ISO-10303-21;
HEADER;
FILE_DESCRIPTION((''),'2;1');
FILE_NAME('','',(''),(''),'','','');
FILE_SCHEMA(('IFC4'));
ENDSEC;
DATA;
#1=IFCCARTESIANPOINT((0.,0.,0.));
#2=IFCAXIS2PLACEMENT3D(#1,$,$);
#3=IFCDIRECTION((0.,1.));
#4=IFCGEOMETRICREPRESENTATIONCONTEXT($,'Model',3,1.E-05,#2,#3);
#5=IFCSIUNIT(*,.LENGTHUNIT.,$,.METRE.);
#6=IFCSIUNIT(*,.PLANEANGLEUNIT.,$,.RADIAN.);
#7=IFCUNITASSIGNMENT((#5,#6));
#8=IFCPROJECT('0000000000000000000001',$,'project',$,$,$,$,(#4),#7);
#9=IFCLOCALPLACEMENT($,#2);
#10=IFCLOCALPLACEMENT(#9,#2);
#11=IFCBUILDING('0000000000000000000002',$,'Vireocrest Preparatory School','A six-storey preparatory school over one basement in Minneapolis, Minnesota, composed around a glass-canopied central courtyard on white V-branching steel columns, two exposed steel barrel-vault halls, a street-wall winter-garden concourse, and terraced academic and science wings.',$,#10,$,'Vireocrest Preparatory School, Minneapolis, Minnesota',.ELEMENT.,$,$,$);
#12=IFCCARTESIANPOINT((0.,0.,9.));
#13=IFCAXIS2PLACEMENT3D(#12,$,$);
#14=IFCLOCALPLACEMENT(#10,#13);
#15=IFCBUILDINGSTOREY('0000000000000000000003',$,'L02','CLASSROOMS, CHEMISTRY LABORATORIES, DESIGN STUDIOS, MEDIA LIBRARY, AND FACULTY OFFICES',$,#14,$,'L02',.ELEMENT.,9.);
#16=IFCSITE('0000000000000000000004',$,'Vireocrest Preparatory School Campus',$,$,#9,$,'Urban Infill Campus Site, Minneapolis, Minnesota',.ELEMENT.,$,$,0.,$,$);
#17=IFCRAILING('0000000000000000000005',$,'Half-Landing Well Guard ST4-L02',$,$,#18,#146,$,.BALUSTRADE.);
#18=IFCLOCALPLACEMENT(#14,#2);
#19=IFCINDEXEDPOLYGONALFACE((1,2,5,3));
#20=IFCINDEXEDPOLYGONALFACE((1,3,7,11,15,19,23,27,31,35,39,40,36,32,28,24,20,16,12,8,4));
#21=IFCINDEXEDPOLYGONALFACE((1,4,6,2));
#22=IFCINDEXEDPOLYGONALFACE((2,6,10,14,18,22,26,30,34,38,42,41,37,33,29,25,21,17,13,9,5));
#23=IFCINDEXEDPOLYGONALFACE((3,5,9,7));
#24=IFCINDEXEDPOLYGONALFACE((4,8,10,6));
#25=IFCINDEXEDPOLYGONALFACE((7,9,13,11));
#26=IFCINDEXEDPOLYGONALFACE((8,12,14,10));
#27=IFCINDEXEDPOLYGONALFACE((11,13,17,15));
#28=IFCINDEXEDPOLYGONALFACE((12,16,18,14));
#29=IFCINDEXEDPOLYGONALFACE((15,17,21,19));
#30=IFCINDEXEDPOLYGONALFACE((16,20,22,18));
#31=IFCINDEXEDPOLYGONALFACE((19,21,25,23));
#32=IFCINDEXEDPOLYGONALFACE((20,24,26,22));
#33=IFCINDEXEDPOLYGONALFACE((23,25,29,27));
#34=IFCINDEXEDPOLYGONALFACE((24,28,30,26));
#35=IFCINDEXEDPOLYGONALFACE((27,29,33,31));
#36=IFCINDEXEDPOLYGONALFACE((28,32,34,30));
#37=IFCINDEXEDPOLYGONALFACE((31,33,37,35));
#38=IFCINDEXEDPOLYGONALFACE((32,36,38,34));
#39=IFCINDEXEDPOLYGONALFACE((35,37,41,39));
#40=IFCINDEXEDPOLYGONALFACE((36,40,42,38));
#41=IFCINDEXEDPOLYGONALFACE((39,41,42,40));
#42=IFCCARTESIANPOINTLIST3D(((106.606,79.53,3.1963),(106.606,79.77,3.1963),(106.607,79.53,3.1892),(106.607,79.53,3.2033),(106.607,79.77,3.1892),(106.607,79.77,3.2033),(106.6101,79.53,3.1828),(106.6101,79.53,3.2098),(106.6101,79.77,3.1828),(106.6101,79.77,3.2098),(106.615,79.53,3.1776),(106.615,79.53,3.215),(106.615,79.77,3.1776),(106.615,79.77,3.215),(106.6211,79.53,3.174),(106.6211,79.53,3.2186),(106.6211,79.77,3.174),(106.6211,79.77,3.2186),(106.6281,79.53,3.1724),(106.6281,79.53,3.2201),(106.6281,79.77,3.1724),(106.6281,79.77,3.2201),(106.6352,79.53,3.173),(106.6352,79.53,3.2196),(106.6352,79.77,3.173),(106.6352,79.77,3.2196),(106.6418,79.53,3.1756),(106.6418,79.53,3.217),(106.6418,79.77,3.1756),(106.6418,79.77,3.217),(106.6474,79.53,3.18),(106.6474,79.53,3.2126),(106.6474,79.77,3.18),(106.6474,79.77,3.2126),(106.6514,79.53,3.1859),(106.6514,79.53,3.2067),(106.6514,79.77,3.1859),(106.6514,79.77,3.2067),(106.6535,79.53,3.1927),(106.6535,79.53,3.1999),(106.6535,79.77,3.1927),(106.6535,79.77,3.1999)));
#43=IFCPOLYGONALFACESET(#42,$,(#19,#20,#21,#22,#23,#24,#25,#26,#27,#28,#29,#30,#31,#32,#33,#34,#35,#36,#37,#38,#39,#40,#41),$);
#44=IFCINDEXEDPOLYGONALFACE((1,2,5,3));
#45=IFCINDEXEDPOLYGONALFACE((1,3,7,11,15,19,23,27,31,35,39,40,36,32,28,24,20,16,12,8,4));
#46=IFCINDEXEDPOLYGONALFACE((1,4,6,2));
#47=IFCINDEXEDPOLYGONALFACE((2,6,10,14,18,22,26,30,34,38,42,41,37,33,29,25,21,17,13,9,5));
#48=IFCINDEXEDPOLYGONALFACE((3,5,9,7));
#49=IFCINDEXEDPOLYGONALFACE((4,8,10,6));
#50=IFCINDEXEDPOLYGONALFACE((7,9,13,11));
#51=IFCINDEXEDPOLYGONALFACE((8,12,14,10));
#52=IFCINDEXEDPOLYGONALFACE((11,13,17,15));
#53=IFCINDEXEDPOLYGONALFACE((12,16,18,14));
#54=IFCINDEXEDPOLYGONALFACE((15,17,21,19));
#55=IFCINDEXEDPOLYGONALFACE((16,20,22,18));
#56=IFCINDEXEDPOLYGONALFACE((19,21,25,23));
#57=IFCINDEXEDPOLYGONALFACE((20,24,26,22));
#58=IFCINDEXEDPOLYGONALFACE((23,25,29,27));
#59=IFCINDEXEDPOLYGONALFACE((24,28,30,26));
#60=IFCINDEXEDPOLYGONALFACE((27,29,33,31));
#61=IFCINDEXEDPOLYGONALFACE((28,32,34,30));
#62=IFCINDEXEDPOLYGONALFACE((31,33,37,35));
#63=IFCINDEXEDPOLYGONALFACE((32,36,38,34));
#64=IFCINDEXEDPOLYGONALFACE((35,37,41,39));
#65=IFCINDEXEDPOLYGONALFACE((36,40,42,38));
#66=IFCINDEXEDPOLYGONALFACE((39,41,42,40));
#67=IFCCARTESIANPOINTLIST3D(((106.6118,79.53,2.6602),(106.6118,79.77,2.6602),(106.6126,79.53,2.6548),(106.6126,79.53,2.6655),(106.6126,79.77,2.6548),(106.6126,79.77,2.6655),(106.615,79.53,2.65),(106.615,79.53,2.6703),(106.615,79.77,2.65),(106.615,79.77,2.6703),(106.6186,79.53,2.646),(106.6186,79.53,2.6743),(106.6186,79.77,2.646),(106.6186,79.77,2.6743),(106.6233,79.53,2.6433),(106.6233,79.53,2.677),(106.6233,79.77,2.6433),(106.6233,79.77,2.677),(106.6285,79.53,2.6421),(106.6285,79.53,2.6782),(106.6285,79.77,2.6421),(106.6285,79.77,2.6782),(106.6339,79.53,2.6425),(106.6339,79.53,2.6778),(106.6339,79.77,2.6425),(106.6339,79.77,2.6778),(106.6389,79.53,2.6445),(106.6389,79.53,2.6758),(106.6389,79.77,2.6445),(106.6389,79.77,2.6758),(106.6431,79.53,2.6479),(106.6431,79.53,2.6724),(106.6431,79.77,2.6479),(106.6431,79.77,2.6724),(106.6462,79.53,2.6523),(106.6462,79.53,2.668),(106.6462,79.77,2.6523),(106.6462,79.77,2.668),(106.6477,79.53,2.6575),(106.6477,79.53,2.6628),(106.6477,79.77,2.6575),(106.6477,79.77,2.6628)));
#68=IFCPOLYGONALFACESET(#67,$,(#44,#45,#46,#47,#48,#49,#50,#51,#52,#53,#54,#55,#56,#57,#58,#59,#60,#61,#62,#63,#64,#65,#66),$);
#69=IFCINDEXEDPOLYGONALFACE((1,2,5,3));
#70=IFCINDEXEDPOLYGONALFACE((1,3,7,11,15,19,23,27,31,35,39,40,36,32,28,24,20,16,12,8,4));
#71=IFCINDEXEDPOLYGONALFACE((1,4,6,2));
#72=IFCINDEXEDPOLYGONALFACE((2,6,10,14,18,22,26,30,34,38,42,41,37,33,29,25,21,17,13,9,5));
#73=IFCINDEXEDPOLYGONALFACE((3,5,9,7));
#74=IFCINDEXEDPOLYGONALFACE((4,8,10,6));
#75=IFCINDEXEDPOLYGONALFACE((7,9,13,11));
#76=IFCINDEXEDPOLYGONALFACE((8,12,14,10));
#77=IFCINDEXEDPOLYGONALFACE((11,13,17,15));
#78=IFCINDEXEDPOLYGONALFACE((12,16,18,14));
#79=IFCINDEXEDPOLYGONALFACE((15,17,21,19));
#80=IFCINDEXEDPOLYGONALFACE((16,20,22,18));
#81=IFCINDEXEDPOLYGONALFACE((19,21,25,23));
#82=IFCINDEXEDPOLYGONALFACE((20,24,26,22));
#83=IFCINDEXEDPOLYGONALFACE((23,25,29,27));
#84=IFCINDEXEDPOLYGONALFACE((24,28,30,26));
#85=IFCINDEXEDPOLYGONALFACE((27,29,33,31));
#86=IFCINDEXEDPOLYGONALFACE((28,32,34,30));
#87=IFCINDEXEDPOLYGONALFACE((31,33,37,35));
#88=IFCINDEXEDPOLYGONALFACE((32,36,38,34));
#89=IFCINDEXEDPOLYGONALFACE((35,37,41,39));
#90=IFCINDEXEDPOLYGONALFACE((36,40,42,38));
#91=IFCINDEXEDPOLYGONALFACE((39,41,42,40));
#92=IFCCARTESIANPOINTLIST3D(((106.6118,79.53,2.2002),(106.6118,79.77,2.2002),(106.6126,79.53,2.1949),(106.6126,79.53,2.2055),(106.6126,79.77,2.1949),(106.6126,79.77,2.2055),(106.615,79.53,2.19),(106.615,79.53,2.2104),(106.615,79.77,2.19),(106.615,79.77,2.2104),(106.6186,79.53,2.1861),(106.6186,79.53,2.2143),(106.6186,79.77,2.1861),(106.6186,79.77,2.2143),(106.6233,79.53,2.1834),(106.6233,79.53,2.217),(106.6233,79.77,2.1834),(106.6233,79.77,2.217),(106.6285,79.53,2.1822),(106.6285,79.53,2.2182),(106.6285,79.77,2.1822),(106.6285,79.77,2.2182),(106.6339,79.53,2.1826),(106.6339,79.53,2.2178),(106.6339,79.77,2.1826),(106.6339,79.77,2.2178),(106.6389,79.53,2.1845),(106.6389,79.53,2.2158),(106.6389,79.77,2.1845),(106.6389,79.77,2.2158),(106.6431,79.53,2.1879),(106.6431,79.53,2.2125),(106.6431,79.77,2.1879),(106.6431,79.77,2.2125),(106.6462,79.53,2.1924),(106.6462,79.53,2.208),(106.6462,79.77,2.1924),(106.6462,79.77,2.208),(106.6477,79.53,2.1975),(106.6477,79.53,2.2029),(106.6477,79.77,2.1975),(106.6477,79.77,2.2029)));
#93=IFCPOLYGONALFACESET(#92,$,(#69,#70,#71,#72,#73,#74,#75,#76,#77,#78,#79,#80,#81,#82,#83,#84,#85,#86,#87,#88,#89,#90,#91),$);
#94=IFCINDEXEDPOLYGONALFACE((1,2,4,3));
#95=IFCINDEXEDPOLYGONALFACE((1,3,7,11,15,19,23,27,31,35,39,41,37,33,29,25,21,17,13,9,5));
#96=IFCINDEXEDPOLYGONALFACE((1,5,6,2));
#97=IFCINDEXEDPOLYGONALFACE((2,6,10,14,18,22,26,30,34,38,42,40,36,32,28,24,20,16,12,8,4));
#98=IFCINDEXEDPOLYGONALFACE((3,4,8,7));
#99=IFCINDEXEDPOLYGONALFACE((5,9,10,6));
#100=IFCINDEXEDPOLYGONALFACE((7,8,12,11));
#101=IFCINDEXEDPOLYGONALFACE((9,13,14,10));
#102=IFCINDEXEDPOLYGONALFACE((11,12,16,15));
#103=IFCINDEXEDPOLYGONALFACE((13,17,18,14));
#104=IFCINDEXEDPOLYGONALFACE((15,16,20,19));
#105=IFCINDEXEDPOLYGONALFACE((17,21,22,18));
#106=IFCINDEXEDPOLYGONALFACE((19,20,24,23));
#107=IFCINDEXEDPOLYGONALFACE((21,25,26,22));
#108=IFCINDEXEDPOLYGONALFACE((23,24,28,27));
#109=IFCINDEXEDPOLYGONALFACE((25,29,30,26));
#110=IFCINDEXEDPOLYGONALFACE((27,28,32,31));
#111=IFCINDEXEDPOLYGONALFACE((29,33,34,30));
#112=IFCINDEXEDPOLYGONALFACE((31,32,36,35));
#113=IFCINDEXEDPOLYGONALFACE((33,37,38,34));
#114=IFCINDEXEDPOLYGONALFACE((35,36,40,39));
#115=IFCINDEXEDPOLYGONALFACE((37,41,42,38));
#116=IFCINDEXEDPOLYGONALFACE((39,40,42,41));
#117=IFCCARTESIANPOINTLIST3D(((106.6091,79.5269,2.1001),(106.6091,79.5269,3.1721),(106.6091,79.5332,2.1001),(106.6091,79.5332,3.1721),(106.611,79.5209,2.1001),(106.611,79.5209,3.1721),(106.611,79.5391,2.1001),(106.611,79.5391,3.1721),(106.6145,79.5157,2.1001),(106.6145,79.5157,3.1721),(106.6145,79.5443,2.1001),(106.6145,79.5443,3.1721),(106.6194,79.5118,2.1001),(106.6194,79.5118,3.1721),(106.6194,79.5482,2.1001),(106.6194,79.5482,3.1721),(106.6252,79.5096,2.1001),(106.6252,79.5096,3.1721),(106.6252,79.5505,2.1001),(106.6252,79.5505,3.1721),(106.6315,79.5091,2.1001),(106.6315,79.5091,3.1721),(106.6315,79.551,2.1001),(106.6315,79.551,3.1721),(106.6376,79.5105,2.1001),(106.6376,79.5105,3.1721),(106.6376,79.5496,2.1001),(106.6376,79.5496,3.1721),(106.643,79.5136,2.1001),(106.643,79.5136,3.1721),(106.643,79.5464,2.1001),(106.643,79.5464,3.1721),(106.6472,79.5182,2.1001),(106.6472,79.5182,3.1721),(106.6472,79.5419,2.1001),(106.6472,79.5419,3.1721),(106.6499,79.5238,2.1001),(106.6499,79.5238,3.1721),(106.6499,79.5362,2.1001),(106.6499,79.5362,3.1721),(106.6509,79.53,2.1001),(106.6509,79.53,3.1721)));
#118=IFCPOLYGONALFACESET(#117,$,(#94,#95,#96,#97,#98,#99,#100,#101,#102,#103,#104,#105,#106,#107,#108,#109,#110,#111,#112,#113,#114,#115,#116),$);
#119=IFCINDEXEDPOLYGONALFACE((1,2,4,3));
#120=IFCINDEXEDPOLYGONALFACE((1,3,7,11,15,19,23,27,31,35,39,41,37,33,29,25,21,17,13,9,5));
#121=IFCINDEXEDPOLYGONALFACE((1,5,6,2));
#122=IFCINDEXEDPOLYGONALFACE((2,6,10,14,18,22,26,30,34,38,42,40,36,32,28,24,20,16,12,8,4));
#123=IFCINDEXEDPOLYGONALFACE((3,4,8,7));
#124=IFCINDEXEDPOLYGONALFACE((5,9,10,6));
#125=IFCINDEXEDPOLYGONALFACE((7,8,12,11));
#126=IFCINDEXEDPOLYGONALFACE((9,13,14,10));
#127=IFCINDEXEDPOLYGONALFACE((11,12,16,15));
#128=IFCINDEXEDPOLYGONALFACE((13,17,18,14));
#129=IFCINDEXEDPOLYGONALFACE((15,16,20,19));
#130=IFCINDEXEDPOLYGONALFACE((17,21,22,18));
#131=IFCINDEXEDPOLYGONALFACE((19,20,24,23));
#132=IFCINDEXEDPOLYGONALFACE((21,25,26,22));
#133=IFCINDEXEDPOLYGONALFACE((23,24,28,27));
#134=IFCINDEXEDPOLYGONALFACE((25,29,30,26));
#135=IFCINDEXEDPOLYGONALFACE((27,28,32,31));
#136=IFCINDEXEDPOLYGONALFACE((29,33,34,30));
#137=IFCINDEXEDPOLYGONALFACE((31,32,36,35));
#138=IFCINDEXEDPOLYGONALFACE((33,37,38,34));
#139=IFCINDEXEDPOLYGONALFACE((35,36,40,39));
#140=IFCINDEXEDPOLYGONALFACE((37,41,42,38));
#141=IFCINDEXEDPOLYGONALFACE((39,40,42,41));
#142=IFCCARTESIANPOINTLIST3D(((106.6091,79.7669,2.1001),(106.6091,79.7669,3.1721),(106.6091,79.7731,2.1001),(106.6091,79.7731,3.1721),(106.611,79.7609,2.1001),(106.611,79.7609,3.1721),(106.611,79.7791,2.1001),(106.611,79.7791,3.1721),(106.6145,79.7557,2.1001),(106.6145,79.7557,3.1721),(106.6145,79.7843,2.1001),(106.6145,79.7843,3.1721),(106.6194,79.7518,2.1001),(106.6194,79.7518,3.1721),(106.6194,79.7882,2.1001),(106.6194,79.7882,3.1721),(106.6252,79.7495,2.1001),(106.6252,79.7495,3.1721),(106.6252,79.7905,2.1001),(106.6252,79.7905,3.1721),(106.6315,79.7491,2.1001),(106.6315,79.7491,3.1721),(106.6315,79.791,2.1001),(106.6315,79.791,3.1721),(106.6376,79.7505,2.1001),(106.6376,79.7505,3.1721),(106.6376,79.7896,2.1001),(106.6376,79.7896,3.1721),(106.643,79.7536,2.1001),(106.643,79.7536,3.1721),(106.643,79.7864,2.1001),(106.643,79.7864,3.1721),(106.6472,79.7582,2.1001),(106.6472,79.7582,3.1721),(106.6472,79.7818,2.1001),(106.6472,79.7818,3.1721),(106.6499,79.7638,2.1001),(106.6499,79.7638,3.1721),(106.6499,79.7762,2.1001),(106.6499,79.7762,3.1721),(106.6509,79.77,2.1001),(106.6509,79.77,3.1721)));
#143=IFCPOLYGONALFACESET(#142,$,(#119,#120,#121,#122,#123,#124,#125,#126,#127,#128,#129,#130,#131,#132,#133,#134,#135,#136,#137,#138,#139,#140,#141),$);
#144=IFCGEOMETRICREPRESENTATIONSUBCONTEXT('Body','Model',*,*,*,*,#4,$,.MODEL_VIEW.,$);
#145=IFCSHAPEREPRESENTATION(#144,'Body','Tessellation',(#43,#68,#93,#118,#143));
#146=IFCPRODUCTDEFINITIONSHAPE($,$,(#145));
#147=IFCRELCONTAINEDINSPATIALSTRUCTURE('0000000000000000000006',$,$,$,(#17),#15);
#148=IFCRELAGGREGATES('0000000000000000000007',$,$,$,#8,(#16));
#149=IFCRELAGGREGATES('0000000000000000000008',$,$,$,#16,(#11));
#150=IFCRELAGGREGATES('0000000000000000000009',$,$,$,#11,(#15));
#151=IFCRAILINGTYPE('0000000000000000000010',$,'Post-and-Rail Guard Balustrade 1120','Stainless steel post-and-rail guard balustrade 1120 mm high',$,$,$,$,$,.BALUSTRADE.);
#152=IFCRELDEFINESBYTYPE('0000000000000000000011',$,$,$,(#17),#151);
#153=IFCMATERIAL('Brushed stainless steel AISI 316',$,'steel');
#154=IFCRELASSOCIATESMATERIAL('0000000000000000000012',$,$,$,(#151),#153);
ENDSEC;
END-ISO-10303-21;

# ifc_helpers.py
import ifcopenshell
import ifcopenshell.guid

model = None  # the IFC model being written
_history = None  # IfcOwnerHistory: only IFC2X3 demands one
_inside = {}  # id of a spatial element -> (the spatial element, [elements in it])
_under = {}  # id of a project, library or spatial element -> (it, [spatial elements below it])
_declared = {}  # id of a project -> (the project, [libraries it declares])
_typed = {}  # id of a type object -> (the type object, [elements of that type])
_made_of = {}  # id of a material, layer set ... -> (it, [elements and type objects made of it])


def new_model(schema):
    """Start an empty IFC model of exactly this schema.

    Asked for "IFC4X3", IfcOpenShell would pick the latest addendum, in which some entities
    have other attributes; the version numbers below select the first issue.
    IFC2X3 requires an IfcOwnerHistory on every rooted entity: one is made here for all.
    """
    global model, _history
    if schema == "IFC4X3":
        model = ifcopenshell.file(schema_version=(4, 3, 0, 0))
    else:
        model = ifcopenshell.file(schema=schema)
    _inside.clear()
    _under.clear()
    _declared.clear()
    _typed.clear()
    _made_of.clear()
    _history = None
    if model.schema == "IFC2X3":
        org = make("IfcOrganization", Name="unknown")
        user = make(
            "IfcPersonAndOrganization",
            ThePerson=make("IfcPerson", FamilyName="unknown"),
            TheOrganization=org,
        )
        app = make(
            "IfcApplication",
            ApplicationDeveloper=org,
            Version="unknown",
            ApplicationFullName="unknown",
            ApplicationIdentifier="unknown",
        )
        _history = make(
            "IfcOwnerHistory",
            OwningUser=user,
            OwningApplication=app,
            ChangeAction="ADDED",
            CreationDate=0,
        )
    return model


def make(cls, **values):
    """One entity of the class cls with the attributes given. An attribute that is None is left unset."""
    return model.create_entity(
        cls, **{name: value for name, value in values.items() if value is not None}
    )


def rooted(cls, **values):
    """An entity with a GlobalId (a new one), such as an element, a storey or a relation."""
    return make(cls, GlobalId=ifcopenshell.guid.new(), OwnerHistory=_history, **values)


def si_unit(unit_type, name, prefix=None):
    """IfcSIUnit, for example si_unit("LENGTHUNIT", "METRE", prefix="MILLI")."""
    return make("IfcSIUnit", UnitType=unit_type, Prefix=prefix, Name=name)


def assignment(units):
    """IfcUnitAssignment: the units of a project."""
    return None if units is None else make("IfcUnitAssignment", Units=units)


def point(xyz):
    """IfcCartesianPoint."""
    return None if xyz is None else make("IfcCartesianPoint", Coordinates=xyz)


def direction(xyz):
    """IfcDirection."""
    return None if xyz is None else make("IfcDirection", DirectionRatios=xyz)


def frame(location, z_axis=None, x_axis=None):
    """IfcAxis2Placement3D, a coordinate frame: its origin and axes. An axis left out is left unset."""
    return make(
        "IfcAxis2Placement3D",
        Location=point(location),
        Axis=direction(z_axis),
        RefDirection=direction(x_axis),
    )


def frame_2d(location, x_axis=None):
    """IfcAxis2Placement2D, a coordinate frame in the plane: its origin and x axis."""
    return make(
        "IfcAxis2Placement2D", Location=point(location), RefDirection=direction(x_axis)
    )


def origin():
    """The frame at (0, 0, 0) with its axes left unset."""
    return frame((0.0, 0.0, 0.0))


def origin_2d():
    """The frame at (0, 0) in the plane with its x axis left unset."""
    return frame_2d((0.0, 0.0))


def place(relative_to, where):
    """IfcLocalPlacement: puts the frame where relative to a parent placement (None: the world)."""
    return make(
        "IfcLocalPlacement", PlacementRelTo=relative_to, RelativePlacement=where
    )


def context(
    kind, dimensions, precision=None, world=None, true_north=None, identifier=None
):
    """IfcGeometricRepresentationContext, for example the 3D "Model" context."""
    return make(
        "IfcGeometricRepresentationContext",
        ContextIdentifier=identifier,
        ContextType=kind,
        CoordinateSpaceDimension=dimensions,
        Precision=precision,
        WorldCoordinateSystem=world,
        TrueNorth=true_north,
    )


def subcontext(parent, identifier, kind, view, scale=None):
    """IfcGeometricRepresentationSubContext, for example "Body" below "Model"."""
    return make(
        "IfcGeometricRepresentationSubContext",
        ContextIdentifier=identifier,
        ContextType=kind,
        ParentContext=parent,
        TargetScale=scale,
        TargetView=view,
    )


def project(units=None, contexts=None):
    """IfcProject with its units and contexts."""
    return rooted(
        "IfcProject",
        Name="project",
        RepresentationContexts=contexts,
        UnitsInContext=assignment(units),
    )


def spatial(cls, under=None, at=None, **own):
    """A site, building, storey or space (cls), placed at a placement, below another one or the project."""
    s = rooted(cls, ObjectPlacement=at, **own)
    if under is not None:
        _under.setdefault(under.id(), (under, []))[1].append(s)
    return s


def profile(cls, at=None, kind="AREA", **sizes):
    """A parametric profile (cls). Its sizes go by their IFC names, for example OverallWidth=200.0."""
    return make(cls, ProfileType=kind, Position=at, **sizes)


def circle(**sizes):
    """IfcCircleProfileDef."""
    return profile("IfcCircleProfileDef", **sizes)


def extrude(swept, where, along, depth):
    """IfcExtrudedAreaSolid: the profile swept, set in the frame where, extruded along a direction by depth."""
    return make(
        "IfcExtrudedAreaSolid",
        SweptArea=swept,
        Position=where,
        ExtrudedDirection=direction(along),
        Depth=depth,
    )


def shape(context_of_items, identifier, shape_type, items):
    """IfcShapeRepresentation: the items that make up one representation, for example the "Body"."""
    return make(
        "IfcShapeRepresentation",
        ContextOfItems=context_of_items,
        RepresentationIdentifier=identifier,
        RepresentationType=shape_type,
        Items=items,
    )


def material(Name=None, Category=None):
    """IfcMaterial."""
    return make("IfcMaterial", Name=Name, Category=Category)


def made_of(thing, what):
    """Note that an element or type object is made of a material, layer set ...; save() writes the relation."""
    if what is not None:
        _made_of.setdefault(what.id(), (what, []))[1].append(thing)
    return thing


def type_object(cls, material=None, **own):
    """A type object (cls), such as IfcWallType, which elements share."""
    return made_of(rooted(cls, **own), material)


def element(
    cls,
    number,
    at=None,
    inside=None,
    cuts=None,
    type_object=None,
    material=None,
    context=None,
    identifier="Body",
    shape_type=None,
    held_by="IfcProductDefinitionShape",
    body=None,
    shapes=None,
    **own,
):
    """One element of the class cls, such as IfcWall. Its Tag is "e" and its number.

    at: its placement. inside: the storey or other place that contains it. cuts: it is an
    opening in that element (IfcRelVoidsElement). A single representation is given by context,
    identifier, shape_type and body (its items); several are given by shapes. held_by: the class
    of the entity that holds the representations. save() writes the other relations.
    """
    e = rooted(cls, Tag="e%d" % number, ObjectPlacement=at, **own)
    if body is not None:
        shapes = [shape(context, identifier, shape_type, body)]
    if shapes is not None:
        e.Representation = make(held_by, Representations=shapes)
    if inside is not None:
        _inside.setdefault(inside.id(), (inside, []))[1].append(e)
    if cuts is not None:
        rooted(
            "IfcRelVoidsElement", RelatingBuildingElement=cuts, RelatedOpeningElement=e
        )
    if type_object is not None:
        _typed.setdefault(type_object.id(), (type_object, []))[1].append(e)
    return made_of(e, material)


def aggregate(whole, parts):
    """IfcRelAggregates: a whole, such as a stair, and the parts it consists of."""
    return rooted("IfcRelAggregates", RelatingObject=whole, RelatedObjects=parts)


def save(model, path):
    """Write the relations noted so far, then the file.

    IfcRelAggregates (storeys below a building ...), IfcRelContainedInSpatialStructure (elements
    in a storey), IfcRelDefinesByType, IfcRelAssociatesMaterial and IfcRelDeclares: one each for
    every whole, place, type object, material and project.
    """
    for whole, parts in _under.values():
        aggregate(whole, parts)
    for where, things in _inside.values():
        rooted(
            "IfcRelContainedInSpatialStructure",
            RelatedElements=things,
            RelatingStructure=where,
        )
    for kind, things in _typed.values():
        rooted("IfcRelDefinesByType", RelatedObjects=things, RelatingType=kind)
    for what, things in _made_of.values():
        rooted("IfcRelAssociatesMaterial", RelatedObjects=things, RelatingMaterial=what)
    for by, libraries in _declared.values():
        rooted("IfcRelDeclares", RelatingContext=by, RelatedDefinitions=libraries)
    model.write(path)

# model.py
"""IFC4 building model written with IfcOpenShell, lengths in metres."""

from ifc_helpers import new_model, si_unit, direction, frame, origin, origin_2d, place, context, subcontext, project, spatial, circle, extrude, material, type_object, element, save


model = new_model("IFC4")

# Units and contexts
model_context = context("Model", 3, precision=1e-05, world=origin(), true_north=direction((0.0, 1.0)))
body_context = subcontext(model_context, "Body", "Model", "MODEL_VIEW")
ifc_project = project(units=[si_unit("LENGTHUNIT", "METRE"), si_unit("PLANEANGLEUNIT", "RADIAN")], contexts=[model_context])

# Site, building, storey
site_placement = place(None, origin())
site = spatial("IfcSite", under=ifc_project, at=site_placement, Name="Vireocrest Preparatory School Campus", LongName="Urban Infill Campus Site, Minneapolis, Minnesota", CompositionType="ELEMENT", RefElevation=0.0)
building_placement = place(site_placement, origin())
building = spatial("IfcBuilding", under=site, at=building_placement, Name="Vireocrest Preparatory School", Description="A six-storey preparatory school over one basement in Minneapolis, Minnesota, composed around a glass-canopied central courtyard on white V-branching steel columns, two exposed steel barrel-vault halls, a street-wall winter-garden concourse, and terraced academic and science wings.", LongName="Vireocrest Preparatory School, Minneapolis, Minnesota", CompositionType="ELEMENT")
storey_placement = place(building_placement, frame((0.0, 0.0, 9.0)))
storey = spatial("IfcBuildingStorey", under=building, at=storey_placement, Name="L02", Description="CLASSROOMS, CHEMISTRY LABORATORIES, DESIGN STUDIOS, MEDIA LIBRARY, AND FACULTY OFFICES", LongName="L02", CompositionType="ELEMENT", Elevation=9.0)

# Railing
ifc_material_1 = material(Name="Brushed stainless steel AISI 316", Category="steel")
railing_type_1 = type_object("IfcRailingType", Name="Post-and-Rail Guard Balustrade 1120", Description="Stainless steel post-and-rail guard balustrade 1120 mm high", PredefinedType="BALUSTRADE", material=ifc_material_1)
railing_1_placement = place(storey_placement, frame((106.6299, 79.53, 2.1001)))
element("IfcRailing", 1, at=railing_1_placement, inside=storey, type_object=railing_type_1, Name="Half-Landing Well Guard ST4-L02", PredefinedType="BALUSTRADE", context=body_context, shape_type="SweptSolid", body=[
    extrude(circle(Radius=0.0239, at=origin_2d()), frame((0.0, 0.0, 1.0962), z_axis=(0.0, 1.0, 0.0), x_axis=(-1.0, 0.0, 0.0)), (0.0, 0.0, 1.0), 0.24),
    extrude(circle(Radius=0.0181, at=origin_2d()), frame((0.0, 0.0, 0.5601), z_axis=(0.0, 1.0, 0.0), x_axis=(-1.0, 0.0, 0.0)), (0.0, 0.0, 1.0), 0.24),
    extrude(circle(Radius=0.0181, at=origin_2d()), frame((0.0, 0.0, 0.1001), z_axis=(0.0, 1.0, 0.0), x_axis=(-1.0, 0.0, 0.0)), (0.0, 0.0, 1.0), 0.24),
    extrude(circle(Radius=0.021, at=origin_2d()), origin(), (0.0, 0.0, 1.0), 1.072),
    extrude(circle(Radius=0.021, at=origin_2d()), frame((0.0, 0.24, 0.0)), (0.0, 0.0, 1.0), 1.072),
])

save(model, "model.ifc")
